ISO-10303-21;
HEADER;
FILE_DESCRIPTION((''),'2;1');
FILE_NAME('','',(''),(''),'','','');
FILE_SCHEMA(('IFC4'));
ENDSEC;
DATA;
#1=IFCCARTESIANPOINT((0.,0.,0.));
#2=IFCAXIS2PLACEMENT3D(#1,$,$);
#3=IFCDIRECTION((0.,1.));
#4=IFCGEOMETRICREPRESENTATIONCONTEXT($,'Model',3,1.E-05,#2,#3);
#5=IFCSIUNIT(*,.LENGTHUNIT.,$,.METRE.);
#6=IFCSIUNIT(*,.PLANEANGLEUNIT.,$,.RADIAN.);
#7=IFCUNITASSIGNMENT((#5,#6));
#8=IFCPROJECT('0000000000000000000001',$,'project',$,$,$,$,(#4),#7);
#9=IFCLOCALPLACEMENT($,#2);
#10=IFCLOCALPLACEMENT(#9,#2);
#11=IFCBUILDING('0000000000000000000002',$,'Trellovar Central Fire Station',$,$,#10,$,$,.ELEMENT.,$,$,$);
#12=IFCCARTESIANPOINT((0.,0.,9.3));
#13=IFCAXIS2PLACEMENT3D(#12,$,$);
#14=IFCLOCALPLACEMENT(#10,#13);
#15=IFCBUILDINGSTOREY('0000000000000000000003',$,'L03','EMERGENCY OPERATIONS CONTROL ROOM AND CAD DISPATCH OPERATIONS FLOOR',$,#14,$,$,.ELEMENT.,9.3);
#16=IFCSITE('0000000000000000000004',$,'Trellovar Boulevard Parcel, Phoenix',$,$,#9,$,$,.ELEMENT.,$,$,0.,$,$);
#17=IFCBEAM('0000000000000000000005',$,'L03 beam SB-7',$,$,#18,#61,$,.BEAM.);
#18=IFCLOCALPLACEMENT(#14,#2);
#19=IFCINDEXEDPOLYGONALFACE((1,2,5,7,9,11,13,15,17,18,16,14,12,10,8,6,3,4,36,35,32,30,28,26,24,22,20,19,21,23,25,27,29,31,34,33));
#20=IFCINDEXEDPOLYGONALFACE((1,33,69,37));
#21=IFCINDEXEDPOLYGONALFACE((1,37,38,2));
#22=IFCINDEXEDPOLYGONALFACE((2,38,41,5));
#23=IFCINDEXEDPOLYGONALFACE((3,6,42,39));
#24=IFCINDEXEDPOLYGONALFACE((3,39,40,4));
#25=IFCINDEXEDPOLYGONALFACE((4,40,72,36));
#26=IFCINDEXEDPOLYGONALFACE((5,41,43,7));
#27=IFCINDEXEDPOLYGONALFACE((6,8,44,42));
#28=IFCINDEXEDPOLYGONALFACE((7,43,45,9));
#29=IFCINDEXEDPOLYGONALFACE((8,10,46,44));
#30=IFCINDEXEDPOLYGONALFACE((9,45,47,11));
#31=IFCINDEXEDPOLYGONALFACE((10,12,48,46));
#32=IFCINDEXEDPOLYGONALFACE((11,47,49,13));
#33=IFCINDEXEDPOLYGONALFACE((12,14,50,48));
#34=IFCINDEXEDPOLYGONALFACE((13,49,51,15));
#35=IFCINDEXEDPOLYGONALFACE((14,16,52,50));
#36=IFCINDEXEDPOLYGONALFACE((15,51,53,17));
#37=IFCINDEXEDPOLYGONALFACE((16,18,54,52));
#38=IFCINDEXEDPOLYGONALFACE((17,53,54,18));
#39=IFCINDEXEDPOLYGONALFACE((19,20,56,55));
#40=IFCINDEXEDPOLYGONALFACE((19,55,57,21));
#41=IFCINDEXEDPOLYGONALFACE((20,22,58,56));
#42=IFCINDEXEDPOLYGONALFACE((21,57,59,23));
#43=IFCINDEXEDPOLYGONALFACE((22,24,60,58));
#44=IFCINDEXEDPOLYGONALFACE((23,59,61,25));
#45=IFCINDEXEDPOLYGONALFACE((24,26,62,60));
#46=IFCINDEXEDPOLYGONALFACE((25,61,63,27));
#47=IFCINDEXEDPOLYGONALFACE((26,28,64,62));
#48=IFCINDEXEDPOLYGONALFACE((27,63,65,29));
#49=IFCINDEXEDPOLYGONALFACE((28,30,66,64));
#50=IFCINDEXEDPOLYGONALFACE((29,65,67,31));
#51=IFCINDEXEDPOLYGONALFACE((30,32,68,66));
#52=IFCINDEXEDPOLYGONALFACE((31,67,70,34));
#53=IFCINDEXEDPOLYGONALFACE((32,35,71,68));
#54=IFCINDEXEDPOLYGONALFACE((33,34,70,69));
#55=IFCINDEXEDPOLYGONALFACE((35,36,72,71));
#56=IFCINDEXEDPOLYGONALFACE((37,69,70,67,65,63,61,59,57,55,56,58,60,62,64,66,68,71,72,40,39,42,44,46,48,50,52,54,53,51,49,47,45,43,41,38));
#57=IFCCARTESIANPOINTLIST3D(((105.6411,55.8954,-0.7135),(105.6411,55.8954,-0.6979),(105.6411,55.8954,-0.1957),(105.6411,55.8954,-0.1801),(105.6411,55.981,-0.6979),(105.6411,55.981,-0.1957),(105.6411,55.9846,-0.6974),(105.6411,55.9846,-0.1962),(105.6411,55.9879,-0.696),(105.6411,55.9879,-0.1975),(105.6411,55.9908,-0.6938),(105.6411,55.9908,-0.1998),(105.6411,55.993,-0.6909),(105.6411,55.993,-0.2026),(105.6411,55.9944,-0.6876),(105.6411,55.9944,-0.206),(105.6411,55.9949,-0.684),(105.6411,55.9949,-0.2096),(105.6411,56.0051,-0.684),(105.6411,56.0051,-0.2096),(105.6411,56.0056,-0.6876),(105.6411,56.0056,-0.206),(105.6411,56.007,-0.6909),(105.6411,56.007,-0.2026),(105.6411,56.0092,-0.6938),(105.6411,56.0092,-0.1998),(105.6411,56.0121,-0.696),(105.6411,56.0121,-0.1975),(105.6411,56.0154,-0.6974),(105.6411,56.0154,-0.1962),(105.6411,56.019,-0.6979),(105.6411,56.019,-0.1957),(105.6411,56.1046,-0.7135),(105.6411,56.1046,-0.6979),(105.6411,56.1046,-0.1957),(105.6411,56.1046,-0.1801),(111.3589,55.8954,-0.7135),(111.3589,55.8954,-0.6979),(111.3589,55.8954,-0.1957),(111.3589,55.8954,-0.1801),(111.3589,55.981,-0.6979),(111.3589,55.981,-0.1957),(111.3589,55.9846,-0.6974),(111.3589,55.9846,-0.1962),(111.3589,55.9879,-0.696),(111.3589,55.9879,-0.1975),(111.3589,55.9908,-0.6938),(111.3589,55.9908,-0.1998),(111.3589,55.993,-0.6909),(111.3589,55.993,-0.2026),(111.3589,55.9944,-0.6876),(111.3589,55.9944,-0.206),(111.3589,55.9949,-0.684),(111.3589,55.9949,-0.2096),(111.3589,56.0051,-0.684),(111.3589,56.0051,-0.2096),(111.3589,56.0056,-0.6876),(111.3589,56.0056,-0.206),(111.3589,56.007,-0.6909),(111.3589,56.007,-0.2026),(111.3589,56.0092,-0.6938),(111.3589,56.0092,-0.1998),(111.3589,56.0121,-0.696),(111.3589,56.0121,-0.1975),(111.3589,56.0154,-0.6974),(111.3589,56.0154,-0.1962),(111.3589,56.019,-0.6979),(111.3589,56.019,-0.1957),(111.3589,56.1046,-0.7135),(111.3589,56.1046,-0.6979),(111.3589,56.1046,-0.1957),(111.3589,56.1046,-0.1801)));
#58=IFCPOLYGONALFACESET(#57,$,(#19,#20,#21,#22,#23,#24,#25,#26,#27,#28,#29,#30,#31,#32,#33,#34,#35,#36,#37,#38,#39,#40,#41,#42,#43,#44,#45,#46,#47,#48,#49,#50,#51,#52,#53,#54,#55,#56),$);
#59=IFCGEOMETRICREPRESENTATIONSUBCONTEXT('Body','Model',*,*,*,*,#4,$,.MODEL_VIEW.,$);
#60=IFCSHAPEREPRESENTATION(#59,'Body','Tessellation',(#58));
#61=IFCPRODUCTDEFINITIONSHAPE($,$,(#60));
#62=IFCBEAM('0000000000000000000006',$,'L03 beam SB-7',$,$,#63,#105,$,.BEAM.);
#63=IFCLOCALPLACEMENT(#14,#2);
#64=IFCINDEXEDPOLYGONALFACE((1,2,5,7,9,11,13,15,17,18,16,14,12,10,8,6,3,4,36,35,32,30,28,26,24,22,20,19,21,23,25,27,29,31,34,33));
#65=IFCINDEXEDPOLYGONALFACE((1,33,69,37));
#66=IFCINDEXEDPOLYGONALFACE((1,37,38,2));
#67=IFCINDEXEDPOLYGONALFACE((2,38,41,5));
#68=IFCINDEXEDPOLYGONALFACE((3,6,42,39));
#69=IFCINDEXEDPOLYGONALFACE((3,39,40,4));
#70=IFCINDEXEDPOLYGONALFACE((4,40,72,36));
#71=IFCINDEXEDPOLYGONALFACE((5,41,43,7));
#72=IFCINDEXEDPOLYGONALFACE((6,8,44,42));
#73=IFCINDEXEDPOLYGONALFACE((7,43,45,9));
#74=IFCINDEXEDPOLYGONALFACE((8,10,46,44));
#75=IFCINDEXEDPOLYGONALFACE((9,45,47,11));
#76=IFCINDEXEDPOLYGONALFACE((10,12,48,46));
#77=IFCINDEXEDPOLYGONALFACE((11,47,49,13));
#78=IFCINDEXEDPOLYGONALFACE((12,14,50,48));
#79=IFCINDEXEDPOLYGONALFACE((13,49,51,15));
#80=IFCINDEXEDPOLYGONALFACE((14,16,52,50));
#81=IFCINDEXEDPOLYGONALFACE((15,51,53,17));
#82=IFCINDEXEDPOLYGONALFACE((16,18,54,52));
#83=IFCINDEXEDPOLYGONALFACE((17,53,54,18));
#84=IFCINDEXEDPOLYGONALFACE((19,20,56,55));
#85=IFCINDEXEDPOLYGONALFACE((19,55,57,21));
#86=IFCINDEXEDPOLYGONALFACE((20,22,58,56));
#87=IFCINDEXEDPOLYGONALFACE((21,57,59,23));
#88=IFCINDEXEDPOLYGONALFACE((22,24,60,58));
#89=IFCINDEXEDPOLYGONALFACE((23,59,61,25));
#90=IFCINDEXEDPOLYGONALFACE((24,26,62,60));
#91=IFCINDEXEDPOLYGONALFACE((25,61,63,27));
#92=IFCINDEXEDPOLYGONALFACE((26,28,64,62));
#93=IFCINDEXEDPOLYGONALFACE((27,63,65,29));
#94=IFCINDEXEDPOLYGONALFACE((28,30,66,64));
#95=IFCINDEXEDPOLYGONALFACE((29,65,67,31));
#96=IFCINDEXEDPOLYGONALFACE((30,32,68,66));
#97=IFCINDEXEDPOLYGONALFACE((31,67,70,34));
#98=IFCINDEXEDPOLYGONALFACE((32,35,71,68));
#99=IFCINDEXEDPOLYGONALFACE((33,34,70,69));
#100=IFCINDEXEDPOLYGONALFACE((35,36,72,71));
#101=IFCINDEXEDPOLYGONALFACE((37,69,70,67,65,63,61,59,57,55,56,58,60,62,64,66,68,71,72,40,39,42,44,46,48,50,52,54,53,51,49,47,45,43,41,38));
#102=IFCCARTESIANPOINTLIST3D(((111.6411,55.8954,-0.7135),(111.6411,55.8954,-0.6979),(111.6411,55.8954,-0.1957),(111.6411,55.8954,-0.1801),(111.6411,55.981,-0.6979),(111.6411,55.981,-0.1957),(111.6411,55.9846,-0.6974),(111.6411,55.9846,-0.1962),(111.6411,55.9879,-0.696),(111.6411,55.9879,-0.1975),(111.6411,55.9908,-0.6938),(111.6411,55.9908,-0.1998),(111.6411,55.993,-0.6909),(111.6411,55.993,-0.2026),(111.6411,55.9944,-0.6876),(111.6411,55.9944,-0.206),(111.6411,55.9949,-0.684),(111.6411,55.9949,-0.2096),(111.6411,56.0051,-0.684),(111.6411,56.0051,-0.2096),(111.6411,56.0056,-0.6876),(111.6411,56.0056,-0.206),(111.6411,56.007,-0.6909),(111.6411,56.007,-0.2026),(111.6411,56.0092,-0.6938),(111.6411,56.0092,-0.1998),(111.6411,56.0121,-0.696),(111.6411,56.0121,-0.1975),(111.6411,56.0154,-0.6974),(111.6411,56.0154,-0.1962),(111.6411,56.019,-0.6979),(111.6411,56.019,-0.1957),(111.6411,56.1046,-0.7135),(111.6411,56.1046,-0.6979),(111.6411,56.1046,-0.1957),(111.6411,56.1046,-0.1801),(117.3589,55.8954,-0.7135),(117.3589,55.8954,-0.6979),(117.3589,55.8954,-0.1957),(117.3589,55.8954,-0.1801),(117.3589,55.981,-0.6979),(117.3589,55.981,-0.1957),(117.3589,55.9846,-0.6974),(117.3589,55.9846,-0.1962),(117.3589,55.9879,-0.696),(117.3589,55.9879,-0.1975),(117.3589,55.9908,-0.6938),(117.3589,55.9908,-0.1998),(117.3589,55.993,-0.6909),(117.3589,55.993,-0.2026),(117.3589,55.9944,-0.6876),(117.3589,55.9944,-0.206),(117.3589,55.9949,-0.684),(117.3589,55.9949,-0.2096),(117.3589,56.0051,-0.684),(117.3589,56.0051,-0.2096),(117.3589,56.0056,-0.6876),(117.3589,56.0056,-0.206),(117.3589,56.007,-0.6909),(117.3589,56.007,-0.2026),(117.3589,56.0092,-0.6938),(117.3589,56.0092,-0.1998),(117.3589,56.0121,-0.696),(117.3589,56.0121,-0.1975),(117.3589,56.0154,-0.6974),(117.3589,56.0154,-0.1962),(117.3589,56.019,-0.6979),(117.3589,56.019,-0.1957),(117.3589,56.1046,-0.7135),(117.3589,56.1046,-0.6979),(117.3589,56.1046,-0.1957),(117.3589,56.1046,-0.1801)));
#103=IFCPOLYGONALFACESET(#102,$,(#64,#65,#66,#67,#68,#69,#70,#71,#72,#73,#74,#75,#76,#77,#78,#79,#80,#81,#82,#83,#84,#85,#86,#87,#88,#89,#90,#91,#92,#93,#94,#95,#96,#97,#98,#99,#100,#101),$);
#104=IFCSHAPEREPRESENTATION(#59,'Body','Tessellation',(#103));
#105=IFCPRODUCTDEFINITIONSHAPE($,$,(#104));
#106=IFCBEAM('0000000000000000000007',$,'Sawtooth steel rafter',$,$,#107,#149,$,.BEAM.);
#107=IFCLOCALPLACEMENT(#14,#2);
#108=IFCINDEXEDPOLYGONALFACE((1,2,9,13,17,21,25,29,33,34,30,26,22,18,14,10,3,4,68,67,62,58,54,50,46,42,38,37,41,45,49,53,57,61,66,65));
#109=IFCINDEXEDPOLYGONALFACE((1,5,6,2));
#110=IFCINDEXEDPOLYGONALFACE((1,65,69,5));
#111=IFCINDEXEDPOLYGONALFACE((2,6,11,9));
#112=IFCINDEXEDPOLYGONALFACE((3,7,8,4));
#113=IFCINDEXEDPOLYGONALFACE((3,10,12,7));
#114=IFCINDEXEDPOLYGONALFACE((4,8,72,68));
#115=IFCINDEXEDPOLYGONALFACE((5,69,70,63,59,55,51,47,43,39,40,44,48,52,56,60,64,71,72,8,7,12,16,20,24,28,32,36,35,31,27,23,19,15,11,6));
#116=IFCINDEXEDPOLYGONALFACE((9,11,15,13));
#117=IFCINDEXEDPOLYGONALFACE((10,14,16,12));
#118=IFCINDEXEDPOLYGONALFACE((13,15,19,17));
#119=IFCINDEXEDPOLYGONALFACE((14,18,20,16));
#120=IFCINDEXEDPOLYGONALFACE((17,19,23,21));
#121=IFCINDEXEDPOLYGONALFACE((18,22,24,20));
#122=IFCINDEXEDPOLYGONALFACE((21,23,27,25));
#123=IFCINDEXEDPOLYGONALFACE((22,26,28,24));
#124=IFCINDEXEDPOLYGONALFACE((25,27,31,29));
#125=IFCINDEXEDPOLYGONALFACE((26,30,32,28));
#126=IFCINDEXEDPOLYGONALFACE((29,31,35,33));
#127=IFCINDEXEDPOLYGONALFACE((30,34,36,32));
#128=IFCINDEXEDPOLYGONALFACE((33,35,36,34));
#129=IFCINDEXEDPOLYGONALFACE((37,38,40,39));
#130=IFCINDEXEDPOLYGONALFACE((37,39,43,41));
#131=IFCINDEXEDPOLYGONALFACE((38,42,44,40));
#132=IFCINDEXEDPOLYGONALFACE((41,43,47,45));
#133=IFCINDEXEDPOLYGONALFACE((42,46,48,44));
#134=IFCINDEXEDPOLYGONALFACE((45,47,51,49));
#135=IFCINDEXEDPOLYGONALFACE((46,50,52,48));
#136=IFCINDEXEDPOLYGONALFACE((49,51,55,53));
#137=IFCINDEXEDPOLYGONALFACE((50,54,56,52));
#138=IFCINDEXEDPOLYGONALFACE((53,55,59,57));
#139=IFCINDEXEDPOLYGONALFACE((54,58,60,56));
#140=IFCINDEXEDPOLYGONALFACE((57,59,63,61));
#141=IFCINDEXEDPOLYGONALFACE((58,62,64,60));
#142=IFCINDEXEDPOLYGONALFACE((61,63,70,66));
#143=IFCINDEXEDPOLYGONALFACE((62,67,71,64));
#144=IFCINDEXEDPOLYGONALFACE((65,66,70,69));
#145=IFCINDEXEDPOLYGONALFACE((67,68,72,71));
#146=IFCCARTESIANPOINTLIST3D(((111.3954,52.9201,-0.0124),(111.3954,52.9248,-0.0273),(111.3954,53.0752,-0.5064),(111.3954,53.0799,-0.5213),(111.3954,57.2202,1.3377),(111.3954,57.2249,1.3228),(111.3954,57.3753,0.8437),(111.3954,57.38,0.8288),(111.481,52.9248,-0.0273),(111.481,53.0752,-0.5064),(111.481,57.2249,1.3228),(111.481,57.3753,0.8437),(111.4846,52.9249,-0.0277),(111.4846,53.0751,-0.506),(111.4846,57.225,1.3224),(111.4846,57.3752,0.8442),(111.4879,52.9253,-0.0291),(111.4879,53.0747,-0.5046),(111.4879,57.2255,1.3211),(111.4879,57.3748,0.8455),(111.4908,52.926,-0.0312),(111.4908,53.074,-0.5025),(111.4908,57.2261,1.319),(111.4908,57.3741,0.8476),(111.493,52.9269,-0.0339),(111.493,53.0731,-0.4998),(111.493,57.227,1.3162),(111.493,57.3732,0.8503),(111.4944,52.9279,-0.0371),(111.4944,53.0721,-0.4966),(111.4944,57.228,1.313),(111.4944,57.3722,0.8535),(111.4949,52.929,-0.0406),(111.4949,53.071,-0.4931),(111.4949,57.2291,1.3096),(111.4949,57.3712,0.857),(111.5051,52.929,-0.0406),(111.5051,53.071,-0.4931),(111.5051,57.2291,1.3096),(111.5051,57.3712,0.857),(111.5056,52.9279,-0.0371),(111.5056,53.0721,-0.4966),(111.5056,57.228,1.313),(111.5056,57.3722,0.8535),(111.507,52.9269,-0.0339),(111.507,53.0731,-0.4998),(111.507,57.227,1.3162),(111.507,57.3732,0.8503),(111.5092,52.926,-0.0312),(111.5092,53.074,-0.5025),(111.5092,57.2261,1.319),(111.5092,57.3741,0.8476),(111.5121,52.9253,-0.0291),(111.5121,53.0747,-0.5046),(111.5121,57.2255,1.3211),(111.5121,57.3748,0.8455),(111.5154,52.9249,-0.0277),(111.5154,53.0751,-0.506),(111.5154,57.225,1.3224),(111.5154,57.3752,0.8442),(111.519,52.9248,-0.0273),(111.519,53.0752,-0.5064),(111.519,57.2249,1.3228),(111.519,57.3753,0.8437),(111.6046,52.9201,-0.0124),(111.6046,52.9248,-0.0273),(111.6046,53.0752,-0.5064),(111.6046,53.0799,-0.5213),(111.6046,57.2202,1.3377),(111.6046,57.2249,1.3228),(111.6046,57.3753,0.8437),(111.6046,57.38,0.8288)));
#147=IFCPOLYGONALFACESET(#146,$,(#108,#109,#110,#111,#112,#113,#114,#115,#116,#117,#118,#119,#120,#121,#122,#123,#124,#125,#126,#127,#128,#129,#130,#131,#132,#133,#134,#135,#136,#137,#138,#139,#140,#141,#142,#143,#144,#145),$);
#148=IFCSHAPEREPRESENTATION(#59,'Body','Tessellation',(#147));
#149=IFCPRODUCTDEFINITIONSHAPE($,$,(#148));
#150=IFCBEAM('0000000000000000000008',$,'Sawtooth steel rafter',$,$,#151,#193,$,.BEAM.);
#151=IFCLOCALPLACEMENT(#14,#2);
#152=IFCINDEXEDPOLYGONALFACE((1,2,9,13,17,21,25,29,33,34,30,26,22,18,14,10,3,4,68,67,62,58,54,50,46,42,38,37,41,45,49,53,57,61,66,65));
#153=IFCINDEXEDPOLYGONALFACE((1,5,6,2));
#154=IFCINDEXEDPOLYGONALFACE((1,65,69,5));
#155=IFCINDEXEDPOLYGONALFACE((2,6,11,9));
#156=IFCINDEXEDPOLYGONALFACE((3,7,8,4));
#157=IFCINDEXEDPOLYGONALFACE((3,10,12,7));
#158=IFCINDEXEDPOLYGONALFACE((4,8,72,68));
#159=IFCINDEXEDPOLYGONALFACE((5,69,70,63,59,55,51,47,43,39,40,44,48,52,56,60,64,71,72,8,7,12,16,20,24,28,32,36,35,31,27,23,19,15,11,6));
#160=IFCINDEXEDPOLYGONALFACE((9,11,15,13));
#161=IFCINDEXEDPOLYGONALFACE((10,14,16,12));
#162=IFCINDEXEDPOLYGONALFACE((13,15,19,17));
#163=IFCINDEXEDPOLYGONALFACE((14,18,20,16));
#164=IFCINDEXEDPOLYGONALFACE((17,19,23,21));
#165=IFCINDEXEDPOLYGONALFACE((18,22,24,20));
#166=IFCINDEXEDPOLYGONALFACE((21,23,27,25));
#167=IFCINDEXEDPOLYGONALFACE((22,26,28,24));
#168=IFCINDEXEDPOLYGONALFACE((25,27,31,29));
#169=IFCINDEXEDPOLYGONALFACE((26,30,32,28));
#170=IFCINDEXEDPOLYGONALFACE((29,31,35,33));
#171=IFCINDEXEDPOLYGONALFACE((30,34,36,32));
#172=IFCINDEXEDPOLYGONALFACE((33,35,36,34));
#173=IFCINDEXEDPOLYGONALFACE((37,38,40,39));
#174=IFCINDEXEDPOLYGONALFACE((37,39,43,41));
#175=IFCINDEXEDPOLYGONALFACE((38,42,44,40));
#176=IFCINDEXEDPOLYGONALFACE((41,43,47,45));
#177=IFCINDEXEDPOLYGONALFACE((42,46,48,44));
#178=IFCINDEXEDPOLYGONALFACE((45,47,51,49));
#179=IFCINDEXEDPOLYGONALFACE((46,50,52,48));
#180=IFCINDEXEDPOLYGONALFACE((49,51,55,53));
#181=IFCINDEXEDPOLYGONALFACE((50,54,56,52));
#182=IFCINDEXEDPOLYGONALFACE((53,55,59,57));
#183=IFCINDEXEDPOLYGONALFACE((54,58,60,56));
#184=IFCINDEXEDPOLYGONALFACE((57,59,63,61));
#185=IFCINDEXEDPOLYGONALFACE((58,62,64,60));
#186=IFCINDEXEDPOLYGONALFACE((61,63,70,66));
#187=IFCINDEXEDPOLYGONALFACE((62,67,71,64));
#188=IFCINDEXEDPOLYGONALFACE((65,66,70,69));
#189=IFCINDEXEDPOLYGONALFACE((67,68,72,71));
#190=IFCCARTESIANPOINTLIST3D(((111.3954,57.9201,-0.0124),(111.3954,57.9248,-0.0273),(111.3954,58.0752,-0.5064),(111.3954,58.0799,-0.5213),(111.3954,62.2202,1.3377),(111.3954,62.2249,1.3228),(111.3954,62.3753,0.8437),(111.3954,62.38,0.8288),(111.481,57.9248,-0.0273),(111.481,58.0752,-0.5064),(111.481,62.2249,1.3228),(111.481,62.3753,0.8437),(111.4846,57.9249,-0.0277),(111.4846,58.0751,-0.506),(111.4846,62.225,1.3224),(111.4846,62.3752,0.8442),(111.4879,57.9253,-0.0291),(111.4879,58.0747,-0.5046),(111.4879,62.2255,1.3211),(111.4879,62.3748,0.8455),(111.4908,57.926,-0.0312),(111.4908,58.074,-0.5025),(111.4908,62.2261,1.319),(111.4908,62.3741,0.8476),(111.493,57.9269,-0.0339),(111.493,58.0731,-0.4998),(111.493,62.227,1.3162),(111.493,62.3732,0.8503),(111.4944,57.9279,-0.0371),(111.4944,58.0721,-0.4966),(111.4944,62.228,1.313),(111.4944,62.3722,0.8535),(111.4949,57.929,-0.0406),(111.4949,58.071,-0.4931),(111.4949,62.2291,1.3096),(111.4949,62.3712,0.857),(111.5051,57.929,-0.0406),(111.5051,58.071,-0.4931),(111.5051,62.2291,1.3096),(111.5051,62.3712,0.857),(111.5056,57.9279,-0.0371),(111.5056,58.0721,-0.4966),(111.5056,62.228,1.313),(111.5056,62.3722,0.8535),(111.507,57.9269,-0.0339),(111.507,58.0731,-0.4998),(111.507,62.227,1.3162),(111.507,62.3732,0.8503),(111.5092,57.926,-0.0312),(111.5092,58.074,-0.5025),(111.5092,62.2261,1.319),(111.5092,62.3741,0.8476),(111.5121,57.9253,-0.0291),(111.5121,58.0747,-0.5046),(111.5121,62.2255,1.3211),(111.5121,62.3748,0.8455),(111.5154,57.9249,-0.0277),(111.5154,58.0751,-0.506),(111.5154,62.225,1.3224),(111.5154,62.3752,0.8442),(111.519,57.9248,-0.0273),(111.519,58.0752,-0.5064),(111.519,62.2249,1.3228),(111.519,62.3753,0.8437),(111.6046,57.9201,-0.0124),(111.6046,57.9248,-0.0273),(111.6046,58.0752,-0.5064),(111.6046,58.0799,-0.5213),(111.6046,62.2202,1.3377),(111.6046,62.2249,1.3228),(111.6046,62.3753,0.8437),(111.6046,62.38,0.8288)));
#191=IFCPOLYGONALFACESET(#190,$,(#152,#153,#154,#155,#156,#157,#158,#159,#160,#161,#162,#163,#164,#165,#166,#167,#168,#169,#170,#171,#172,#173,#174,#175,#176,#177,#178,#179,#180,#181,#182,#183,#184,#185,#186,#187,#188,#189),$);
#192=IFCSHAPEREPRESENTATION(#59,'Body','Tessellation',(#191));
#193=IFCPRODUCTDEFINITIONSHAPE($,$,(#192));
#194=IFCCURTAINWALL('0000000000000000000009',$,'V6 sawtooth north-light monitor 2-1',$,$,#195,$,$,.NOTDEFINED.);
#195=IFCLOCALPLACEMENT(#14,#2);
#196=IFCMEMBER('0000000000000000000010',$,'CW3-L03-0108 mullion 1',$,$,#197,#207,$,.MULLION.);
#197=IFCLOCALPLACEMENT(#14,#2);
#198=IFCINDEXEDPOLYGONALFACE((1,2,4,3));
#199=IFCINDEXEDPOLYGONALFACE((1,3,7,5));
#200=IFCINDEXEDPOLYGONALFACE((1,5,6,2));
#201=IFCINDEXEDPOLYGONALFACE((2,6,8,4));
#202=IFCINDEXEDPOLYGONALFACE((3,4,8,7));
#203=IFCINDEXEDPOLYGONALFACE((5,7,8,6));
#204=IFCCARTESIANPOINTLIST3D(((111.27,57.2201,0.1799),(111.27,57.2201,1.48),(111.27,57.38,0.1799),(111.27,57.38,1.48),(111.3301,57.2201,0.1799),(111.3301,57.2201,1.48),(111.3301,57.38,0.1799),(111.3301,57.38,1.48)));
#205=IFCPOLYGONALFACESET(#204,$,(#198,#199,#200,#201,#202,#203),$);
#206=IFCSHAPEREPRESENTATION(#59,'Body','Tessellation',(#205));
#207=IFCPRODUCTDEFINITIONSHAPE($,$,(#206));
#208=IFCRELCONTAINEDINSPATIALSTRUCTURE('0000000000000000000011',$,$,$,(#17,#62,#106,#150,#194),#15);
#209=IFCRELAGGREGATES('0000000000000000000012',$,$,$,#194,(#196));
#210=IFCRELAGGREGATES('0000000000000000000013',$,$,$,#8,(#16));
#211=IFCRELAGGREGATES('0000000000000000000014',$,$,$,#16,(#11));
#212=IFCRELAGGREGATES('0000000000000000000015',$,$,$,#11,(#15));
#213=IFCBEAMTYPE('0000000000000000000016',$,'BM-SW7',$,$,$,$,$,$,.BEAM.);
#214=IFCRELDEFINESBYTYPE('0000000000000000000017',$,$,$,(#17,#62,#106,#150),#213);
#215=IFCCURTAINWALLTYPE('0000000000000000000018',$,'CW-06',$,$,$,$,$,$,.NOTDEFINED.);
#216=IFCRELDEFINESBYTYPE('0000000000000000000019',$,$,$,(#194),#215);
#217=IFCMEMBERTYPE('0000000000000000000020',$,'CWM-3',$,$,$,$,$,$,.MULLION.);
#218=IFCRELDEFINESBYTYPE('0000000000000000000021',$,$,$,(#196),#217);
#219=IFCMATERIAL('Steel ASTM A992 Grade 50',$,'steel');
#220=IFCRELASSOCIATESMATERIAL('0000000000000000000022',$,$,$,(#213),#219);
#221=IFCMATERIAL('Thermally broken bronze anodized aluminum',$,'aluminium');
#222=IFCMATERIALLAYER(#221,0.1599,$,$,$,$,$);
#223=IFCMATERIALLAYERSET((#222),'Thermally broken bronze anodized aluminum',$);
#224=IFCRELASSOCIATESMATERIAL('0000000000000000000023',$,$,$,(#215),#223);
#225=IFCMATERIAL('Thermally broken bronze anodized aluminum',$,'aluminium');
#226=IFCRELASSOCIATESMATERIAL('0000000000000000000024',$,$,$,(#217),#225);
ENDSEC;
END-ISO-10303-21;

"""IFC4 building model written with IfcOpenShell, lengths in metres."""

from ifc_helpers import new_model, si_unit, direction, frame, origin, origin_2d, place, context, subcontext, project, spatial, rectangle, i_section, extrude, material, layer, layer_set, material_profile, profile_set, type_object, element, aggregate, save


model = new_model("IFC4")

# Units and contexts
model_context = context("Model", 3, precision=1e-05, world=origin(), true_north=direction((0.0, 1.0)))
body_context = subcontext(model_context, "Body", "Model", "MODEL_VIEW")
ifc_project = project(units=[si_unit("LENGTHUNIT", "METRE"), si_unit("PLANEANGLEUNIT", "RADIAN")], contexts=[model_context])

# Site, building, storey
site_placement = place(None, origin())
site = spatial("IfcSite", under=ifc_project, at=site_placement, Name="Trellovar Boulevard Parcel, Phoenix", CompositionType="ELEMENT", RefElevation=0.0)
building_placement = place(site_placement, origin())
building = spatial("IfcBuilding", under=site, at=building_placement, Name="Trellovar Central Fire Station", CompositionType="ELEMENT")
storey_placement = place(building_placement, frame((0.0, 0.0, 9.3)))
storey = spatial("IfcBuildingStorey", under=building, at=storey_placement, Name="L03", Description="EMERGENCY OPERATIONS CONTROL ROOM AND CAD DISPATCH OPERATIONS FLOOR", CompositionType="ELEMENT", Elevation=9.3)

# Beams
ifc_material_1 = material(Name="Steel ASTM A992 Grade 50", Category="steel")
ifc_material_profile_1 = material_profile(ifc_material_1, i_section(OverallWidth=0.2092, OverallDepth=0.5334, WebThickness=0.0103, FlangeThickness=0.0156, FilletRadius=0.0139, at=origin_2d()), Name="W21X62")
ifc_profile_set_1 = profile_set([ifc_material_profile_1], Name="Steel ASTM A992 Grade 50")
beam_type = type_object("IfcBeamType", Name="BM-SW7", PredefinedType="BEAM", material=ifc_profile_set_1)
for number, where, z_axis, x_axis, name in (
    (1, (105.6411, 56.0, -0.4468), (1.0, 0.0, 0.0), (0.0, 1.0, 0.0), "L03 beam SB-7"),
    (2, (111.6411, 56.0, -0.4468), (1.0, 0.0, 0.0), (0.0, 1.0, 0.0), "L03 beam SB-7"),
):
    element("IfcBeam", number, at=place(storey_placement, frame(where, z_axis=z_axis, x_axis=x_axis)), inside=storey, type_object=beam_type, Name=name, PredefinedType="BEAM", context=body_context, shape_type="SweptSolid", body=[
        extrude(i_section(OverallWidth=0.2092, OverallDepth=0.5334, WebThickness=0.0103, FlangeThickness=0.0156, FilletRadius=0.0139, at=origin_2d()), origin(), (0.0, 0.0, 1.0), 5.7178),
    ])
for number, where, z_axis, x_axis, name in (
    (3, (111.5, 53.0, -0.2668), (0.0, 0.954079, 0.299555), (-1.0, 0.0, 0.0), "Sawtooth steel rafter"),
    (4, (111.5, 58.0, -0.2668), (0.0, 0.954079, 0.299555), (-1.0, 0.0, 0.0), "Sawtooth steel rafter"),
):
    element("IfcBeam", number, at=place(storey_placement, frame(where, z_axis=z_axis, x_axis=x_axis)), inside=storey, type_object=beam_type, Name=name, PredefinedType="BEAM", context=body_context, shape_type="SweptSolid", body=[
        extrude(i_section(OverallWidth=0.2092, OverallDepth=0.5334, WebThickness=0.0103, FlangeThickness=0.0156, FilletRadius=0.0139, at=origin_2d()), origin(), (0.0, 0.0, 1.0), 4.5071),
    ])

# Curtain wall, member
ifc_material_2 = material(Name="Thermally broken bronze anodized aluminum", Category="aluminium")
ifc_layer_1 = layer(ifc_material_2, 0.1599)
ifc_layer_set_1 = layer_set([ifc_layer_1], Name="Thermally broken bronze anodized aluminum")
curtain_wall_type = type_object("IfcCurtainWallType", Name="CW-06", PredefinedType="NOTDEFINED", material=ifc_layer_set_1)
curtain_wall_1_placement = place(storey_placement, origin())
curtain_wall_1 = element("IfcCurtainWall", 5, at=curtain_wall_1_placement, inside=storey, type_object=curtain_wall_type, Name="V6 sawtooth north-light monitor 2-1", PredefinedType="NOTDEFINED")
ifc_material_3 = material(Name="Thermally broken bronze anodized aluminum", Category="aluminium")
ifc_material_profile_2 = material_profile(ifc_material_3, rectangle(XDim=0.0601, YDim=0.1599, at=origin_2d()), Name="ALU60X160")
ifc_profile_set_2 = profile_set([ifc_material_profile_2], Name="Thermally broken bronze anodized aluminum")
member_type_1 = type_object("IfcMemberType", Name="CWM-3", PredefinedType="MULLION", material=ifc_profile_set_2)
member_1_placement = place(storey_placement, frame((111.3, 57.3, 0.1799), z_axis=(0.0, 0.0, 1.0), x_axis=(1.0, 0.0, 0.0)))
member_1 = element("IfcMember", 6, at=member_1_placement, type_object=member_type_1, Name="CW3-L03-0108 mullion 1", PredefinedType="MULLION", context=body_context, shape_type="SweptSolid", body=[
    extrude(rectangle(XDim=0.0601, YDim=0.1599, at=origin_2d()), origin(), (0.0, 0.0, 1.0), 1.3),
])

aggregate(curtain_wall_1, [member_1])

save(model, "model.ifc")
